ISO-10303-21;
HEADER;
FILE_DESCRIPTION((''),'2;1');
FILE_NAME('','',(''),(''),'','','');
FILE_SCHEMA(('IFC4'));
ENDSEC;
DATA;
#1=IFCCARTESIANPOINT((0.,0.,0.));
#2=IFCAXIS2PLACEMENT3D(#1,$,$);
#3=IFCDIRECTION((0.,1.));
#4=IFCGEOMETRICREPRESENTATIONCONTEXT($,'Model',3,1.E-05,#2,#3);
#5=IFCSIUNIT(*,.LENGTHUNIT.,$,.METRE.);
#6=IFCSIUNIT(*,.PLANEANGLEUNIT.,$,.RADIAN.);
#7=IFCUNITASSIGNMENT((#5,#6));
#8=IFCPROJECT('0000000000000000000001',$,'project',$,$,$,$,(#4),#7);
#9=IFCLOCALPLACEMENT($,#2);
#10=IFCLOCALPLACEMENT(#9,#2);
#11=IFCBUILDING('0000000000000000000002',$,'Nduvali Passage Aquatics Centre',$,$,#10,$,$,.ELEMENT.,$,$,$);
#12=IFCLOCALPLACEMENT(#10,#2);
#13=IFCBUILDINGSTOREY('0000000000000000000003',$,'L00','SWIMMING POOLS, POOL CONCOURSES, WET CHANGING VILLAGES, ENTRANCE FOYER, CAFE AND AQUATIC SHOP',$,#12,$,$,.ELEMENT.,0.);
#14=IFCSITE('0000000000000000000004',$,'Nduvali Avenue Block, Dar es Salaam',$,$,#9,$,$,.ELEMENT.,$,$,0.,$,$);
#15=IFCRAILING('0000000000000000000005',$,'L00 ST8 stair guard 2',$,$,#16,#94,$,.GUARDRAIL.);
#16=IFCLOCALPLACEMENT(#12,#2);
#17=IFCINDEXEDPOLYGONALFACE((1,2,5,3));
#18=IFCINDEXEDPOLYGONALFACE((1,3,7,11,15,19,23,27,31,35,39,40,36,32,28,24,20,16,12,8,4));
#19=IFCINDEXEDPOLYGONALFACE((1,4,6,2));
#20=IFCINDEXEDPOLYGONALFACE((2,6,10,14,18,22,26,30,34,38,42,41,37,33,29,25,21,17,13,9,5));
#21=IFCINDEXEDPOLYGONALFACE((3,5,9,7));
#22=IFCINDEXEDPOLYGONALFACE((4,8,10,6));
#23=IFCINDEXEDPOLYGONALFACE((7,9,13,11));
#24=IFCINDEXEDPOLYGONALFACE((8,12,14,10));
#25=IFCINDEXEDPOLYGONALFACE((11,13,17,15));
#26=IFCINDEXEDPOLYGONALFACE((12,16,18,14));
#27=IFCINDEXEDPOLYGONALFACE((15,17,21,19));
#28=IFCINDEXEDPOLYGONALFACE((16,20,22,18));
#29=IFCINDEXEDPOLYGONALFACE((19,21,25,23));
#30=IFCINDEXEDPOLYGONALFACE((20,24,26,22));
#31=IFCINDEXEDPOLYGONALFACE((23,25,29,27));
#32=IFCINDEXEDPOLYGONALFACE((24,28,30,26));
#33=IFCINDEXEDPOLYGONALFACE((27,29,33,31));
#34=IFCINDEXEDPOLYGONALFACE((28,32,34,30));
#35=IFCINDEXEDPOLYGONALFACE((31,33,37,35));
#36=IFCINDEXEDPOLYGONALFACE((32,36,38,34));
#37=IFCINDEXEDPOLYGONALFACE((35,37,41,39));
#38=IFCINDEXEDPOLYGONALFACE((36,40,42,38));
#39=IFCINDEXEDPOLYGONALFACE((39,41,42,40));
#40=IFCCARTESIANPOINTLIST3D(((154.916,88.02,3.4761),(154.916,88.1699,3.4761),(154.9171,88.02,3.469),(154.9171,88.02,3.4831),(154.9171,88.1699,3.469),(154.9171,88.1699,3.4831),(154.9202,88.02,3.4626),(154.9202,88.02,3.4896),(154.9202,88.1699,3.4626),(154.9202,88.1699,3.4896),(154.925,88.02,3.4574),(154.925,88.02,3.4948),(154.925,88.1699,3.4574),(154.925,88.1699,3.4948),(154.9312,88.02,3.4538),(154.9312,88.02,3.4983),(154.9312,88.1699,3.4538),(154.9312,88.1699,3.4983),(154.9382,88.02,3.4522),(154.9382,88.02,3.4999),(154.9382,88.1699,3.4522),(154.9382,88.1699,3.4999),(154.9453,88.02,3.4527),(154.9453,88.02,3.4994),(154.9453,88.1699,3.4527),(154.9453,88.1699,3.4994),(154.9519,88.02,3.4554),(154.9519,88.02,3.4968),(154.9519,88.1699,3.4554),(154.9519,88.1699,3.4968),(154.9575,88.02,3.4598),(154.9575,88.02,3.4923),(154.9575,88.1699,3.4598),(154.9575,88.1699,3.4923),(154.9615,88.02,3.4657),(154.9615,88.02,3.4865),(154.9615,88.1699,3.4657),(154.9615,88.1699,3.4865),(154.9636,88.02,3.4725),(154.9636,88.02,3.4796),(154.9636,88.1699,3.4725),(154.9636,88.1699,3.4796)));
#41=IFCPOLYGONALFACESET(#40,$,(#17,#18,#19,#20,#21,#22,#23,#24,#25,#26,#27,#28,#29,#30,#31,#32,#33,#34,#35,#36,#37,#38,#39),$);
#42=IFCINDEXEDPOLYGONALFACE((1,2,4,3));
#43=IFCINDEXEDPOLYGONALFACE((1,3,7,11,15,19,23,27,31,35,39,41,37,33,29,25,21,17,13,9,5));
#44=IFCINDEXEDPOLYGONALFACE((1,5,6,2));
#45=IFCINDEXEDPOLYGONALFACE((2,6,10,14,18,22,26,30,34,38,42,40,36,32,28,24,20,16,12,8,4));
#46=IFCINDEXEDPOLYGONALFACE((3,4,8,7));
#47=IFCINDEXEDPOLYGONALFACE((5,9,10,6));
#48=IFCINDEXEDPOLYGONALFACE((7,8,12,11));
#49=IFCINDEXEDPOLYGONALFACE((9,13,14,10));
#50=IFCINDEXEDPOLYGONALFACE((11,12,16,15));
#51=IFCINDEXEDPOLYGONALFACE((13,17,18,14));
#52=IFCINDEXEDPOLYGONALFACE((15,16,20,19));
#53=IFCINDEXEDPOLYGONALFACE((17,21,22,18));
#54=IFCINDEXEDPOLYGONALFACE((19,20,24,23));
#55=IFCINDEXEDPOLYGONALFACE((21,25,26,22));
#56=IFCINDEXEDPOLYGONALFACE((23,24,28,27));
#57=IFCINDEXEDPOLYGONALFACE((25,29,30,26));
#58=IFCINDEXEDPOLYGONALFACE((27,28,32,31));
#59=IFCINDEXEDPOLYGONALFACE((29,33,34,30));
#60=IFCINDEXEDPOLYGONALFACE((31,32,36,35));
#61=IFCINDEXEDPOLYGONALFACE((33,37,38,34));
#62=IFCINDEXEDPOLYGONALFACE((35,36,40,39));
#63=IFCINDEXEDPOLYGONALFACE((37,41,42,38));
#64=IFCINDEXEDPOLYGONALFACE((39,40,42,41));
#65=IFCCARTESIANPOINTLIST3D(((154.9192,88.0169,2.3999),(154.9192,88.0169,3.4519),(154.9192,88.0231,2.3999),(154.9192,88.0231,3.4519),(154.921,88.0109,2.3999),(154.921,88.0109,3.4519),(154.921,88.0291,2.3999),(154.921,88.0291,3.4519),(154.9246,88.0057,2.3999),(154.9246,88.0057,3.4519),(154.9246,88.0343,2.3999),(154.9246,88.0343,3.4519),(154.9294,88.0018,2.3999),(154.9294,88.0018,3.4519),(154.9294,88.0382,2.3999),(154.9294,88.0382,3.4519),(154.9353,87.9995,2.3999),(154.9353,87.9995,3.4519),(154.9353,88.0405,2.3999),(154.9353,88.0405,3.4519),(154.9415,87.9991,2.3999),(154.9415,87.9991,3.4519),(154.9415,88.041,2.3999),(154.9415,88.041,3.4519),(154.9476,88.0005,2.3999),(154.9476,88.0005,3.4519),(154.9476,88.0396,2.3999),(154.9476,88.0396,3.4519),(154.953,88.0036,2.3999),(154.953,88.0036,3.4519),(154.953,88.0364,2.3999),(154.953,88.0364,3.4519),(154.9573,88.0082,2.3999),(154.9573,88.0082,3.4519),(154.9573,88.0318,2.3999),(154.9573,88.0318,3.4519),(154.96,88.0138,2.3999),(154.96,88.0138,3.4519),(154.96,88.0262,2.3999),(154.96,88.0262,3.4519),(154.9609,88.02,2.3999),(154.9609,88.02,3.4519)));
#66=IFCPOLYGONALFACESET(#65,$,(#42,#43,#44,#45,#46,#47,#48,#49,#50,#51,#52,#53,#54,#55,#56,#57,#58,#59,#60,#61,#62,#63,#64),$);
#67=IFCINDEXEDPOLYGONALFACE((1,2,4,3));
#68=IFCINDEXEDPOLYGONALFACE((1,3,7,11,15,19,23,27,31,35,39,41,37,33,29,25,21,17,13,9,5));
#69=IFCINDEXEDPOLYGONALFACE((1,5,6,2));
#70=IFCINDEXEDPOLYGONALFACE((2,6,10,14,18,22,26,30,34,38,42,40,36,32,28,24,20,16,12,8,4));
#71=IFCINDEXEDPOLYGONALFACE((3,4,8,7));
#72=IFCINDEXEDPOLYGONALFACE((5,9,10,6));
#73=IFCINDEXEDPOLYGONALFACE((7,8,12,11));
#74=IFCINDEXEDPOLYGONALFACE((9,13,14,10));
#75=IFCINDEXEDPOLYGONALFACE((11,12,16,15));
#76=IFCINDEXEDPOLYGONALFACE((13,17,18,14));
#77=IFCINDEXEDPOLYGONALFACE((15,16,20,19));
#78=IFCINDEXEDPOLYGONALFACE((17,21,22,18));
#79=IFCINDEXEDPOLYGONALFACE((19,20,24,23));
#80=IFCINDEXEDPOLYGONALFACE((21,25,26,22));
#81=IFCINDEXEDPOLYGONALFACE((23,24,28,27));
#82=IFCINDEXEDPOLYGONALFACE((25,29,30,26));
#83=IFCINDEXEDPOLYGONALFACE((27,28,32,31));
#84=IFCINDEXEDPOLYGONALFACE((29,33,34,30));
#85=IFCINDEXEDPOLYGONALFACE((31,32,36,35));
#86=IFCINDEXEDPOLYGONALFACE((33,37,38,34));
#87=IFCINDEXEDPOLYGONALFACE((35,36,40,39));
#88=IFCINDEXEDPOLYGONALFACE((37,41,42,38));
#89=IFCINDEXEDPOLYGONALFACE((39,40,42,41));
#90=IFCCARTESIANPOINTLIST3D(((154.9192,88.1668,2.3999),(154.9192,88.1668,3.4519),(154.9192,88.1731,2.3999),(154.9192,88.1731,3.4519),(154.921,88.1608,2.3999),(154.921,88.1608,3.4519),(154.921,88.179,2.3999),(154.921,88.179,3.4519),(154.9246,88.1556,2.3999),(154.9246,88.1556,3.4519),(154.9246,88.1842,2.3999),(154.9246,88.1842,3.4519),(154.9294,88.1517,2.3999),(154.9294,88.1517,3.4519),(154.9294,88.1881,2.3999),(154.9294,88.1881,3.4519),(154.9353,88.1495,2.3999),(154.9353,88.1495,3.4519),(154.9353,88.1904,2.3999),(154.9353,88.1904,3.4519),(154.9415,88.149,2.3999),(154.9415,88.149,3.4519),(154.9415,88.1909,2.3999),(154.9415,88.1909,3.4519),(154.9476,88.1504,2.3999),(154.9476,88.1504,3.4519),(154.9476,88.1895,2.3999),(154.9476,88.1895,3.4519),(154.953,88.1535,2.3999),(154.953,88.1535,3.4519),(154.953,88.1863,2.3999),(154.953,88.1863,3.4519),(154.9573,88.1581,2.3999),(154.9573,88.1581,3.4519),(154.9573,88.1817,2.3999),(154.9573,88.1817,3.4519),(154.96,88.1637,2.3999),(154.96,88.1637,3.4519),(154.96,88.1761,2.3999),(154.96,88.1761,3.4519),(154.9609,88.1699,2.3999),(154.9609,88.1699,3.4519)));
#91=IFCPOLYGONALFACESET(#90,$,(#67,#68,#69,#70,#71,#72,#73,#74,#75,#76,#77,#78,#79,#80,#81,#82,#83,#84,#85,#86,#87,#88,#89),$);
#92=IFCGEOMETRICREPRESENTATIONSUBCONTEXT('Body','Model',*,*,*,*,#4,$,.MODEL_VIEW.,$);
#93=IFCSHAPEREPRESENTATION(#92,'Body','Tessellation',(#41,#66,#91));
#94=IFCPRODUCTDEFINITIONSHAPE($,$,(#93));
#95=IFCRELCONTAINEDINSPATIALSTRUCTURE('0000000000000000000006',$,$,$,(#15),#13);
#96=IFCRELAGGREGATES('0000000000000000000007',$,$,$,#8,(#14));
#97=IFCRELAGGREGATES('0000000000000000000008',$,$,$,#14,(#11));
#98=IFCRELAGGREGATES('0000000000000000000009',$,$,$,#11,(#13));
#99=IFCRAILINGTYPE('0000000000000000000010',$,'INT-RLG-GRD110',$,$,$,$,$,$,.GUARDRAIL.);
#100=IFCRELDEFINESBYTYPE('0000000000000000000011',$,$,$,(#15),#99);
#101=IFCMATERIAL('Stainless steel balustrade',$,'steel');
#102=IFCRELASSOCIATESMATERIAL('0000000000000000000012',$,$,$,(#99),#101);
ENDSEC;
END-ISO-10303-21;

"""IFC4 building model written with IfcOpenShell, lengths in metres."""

from ifc_helpers import new_model, si_unit, direction, frame, origin, origin_2d, place, context, subcontext, project, spatial, circle, extrude, material, type_object, element, save


model = new_model("IFC4")

# Units and contexts
model_context = context("Model", 3, precision=1e-05, world=origin(), true_north=direction((0.0, 1.0)))
body_context = subcontext(model_context, "Body", "Model", "MODEL_VIEW")
ifc_project = project(units=[si_unit("LENGTHUNIT", "METRE"), si_unit("PLANEANGLEUNIT", "RADIAN")], contexts=[model_context])

# Site, building, storey
site_placement = place(None, origin())
site = spatial("IfcSite", under=ifc_project, at=site_placement, Name="Nduvali Avenue Block, Dar es Salaam", CompositionType="ELEMENT", RefElevation=0.0)
building_placement = place(site_placement, origin())
building = spatial("IfcBuilding", under=site, at=building_placement, Name="Nduvali Passage Aquatics Centre", CompositionType="ELEMENT")
storey_placement = place(building_placement, origin())
storey = spatial("IfcBuildingStorey", under=building, at=storey_placement, Name="L00", Description="SWIMMING POOLS, POOL CONCOURSES, WET CHANGING VILLAGES, ENTRANCE FOYER, CAFE AND AQUATIC SHOP", CompositionType="ELEMENT", Elevation=0.0)

# Railing
ifc_material_1 = material(Name="Stainless steel balustrade", Category="steel")
railing_type = type_object("IfcRailingType", Name="INT-RLG-GRD110", PredefinedType="GUARDRAIL", material=ifc_material_1)
railing_1_placement = place(storey_placement, frame((154.9399, 88.02, 2.3999)))
element("IfcRailing", 1, at=railing_1_placement, inside=storey, type_object=railing_type, Name="L00 ST8 stair guard 2", PredefinedType="GUARDRAIL", context=body_context, shape_type="SweptSolid", body=[
    extrude(circle(Radius=0.0239, at=origin_2d()), frame((0.0, 0.0, 1.0762), z_axis=(0.0, 1.0, 0.0), x_axis=(-1.0, 0.0, 0.0)), (0.0, 0.0, 1.0), 0.1499),
    extrude(circle(Radius=0.021, at=origin_2d()), origin(), (0.0, 0.0, 1.0), 1.052),
    extrude(circle(Radius=0.021, at=origin_2d()), frame((0.0, 0.1499, 0.0)), (0.0, 0.0, 1.0), 1.052),
])

save(model, "model.ifc")
